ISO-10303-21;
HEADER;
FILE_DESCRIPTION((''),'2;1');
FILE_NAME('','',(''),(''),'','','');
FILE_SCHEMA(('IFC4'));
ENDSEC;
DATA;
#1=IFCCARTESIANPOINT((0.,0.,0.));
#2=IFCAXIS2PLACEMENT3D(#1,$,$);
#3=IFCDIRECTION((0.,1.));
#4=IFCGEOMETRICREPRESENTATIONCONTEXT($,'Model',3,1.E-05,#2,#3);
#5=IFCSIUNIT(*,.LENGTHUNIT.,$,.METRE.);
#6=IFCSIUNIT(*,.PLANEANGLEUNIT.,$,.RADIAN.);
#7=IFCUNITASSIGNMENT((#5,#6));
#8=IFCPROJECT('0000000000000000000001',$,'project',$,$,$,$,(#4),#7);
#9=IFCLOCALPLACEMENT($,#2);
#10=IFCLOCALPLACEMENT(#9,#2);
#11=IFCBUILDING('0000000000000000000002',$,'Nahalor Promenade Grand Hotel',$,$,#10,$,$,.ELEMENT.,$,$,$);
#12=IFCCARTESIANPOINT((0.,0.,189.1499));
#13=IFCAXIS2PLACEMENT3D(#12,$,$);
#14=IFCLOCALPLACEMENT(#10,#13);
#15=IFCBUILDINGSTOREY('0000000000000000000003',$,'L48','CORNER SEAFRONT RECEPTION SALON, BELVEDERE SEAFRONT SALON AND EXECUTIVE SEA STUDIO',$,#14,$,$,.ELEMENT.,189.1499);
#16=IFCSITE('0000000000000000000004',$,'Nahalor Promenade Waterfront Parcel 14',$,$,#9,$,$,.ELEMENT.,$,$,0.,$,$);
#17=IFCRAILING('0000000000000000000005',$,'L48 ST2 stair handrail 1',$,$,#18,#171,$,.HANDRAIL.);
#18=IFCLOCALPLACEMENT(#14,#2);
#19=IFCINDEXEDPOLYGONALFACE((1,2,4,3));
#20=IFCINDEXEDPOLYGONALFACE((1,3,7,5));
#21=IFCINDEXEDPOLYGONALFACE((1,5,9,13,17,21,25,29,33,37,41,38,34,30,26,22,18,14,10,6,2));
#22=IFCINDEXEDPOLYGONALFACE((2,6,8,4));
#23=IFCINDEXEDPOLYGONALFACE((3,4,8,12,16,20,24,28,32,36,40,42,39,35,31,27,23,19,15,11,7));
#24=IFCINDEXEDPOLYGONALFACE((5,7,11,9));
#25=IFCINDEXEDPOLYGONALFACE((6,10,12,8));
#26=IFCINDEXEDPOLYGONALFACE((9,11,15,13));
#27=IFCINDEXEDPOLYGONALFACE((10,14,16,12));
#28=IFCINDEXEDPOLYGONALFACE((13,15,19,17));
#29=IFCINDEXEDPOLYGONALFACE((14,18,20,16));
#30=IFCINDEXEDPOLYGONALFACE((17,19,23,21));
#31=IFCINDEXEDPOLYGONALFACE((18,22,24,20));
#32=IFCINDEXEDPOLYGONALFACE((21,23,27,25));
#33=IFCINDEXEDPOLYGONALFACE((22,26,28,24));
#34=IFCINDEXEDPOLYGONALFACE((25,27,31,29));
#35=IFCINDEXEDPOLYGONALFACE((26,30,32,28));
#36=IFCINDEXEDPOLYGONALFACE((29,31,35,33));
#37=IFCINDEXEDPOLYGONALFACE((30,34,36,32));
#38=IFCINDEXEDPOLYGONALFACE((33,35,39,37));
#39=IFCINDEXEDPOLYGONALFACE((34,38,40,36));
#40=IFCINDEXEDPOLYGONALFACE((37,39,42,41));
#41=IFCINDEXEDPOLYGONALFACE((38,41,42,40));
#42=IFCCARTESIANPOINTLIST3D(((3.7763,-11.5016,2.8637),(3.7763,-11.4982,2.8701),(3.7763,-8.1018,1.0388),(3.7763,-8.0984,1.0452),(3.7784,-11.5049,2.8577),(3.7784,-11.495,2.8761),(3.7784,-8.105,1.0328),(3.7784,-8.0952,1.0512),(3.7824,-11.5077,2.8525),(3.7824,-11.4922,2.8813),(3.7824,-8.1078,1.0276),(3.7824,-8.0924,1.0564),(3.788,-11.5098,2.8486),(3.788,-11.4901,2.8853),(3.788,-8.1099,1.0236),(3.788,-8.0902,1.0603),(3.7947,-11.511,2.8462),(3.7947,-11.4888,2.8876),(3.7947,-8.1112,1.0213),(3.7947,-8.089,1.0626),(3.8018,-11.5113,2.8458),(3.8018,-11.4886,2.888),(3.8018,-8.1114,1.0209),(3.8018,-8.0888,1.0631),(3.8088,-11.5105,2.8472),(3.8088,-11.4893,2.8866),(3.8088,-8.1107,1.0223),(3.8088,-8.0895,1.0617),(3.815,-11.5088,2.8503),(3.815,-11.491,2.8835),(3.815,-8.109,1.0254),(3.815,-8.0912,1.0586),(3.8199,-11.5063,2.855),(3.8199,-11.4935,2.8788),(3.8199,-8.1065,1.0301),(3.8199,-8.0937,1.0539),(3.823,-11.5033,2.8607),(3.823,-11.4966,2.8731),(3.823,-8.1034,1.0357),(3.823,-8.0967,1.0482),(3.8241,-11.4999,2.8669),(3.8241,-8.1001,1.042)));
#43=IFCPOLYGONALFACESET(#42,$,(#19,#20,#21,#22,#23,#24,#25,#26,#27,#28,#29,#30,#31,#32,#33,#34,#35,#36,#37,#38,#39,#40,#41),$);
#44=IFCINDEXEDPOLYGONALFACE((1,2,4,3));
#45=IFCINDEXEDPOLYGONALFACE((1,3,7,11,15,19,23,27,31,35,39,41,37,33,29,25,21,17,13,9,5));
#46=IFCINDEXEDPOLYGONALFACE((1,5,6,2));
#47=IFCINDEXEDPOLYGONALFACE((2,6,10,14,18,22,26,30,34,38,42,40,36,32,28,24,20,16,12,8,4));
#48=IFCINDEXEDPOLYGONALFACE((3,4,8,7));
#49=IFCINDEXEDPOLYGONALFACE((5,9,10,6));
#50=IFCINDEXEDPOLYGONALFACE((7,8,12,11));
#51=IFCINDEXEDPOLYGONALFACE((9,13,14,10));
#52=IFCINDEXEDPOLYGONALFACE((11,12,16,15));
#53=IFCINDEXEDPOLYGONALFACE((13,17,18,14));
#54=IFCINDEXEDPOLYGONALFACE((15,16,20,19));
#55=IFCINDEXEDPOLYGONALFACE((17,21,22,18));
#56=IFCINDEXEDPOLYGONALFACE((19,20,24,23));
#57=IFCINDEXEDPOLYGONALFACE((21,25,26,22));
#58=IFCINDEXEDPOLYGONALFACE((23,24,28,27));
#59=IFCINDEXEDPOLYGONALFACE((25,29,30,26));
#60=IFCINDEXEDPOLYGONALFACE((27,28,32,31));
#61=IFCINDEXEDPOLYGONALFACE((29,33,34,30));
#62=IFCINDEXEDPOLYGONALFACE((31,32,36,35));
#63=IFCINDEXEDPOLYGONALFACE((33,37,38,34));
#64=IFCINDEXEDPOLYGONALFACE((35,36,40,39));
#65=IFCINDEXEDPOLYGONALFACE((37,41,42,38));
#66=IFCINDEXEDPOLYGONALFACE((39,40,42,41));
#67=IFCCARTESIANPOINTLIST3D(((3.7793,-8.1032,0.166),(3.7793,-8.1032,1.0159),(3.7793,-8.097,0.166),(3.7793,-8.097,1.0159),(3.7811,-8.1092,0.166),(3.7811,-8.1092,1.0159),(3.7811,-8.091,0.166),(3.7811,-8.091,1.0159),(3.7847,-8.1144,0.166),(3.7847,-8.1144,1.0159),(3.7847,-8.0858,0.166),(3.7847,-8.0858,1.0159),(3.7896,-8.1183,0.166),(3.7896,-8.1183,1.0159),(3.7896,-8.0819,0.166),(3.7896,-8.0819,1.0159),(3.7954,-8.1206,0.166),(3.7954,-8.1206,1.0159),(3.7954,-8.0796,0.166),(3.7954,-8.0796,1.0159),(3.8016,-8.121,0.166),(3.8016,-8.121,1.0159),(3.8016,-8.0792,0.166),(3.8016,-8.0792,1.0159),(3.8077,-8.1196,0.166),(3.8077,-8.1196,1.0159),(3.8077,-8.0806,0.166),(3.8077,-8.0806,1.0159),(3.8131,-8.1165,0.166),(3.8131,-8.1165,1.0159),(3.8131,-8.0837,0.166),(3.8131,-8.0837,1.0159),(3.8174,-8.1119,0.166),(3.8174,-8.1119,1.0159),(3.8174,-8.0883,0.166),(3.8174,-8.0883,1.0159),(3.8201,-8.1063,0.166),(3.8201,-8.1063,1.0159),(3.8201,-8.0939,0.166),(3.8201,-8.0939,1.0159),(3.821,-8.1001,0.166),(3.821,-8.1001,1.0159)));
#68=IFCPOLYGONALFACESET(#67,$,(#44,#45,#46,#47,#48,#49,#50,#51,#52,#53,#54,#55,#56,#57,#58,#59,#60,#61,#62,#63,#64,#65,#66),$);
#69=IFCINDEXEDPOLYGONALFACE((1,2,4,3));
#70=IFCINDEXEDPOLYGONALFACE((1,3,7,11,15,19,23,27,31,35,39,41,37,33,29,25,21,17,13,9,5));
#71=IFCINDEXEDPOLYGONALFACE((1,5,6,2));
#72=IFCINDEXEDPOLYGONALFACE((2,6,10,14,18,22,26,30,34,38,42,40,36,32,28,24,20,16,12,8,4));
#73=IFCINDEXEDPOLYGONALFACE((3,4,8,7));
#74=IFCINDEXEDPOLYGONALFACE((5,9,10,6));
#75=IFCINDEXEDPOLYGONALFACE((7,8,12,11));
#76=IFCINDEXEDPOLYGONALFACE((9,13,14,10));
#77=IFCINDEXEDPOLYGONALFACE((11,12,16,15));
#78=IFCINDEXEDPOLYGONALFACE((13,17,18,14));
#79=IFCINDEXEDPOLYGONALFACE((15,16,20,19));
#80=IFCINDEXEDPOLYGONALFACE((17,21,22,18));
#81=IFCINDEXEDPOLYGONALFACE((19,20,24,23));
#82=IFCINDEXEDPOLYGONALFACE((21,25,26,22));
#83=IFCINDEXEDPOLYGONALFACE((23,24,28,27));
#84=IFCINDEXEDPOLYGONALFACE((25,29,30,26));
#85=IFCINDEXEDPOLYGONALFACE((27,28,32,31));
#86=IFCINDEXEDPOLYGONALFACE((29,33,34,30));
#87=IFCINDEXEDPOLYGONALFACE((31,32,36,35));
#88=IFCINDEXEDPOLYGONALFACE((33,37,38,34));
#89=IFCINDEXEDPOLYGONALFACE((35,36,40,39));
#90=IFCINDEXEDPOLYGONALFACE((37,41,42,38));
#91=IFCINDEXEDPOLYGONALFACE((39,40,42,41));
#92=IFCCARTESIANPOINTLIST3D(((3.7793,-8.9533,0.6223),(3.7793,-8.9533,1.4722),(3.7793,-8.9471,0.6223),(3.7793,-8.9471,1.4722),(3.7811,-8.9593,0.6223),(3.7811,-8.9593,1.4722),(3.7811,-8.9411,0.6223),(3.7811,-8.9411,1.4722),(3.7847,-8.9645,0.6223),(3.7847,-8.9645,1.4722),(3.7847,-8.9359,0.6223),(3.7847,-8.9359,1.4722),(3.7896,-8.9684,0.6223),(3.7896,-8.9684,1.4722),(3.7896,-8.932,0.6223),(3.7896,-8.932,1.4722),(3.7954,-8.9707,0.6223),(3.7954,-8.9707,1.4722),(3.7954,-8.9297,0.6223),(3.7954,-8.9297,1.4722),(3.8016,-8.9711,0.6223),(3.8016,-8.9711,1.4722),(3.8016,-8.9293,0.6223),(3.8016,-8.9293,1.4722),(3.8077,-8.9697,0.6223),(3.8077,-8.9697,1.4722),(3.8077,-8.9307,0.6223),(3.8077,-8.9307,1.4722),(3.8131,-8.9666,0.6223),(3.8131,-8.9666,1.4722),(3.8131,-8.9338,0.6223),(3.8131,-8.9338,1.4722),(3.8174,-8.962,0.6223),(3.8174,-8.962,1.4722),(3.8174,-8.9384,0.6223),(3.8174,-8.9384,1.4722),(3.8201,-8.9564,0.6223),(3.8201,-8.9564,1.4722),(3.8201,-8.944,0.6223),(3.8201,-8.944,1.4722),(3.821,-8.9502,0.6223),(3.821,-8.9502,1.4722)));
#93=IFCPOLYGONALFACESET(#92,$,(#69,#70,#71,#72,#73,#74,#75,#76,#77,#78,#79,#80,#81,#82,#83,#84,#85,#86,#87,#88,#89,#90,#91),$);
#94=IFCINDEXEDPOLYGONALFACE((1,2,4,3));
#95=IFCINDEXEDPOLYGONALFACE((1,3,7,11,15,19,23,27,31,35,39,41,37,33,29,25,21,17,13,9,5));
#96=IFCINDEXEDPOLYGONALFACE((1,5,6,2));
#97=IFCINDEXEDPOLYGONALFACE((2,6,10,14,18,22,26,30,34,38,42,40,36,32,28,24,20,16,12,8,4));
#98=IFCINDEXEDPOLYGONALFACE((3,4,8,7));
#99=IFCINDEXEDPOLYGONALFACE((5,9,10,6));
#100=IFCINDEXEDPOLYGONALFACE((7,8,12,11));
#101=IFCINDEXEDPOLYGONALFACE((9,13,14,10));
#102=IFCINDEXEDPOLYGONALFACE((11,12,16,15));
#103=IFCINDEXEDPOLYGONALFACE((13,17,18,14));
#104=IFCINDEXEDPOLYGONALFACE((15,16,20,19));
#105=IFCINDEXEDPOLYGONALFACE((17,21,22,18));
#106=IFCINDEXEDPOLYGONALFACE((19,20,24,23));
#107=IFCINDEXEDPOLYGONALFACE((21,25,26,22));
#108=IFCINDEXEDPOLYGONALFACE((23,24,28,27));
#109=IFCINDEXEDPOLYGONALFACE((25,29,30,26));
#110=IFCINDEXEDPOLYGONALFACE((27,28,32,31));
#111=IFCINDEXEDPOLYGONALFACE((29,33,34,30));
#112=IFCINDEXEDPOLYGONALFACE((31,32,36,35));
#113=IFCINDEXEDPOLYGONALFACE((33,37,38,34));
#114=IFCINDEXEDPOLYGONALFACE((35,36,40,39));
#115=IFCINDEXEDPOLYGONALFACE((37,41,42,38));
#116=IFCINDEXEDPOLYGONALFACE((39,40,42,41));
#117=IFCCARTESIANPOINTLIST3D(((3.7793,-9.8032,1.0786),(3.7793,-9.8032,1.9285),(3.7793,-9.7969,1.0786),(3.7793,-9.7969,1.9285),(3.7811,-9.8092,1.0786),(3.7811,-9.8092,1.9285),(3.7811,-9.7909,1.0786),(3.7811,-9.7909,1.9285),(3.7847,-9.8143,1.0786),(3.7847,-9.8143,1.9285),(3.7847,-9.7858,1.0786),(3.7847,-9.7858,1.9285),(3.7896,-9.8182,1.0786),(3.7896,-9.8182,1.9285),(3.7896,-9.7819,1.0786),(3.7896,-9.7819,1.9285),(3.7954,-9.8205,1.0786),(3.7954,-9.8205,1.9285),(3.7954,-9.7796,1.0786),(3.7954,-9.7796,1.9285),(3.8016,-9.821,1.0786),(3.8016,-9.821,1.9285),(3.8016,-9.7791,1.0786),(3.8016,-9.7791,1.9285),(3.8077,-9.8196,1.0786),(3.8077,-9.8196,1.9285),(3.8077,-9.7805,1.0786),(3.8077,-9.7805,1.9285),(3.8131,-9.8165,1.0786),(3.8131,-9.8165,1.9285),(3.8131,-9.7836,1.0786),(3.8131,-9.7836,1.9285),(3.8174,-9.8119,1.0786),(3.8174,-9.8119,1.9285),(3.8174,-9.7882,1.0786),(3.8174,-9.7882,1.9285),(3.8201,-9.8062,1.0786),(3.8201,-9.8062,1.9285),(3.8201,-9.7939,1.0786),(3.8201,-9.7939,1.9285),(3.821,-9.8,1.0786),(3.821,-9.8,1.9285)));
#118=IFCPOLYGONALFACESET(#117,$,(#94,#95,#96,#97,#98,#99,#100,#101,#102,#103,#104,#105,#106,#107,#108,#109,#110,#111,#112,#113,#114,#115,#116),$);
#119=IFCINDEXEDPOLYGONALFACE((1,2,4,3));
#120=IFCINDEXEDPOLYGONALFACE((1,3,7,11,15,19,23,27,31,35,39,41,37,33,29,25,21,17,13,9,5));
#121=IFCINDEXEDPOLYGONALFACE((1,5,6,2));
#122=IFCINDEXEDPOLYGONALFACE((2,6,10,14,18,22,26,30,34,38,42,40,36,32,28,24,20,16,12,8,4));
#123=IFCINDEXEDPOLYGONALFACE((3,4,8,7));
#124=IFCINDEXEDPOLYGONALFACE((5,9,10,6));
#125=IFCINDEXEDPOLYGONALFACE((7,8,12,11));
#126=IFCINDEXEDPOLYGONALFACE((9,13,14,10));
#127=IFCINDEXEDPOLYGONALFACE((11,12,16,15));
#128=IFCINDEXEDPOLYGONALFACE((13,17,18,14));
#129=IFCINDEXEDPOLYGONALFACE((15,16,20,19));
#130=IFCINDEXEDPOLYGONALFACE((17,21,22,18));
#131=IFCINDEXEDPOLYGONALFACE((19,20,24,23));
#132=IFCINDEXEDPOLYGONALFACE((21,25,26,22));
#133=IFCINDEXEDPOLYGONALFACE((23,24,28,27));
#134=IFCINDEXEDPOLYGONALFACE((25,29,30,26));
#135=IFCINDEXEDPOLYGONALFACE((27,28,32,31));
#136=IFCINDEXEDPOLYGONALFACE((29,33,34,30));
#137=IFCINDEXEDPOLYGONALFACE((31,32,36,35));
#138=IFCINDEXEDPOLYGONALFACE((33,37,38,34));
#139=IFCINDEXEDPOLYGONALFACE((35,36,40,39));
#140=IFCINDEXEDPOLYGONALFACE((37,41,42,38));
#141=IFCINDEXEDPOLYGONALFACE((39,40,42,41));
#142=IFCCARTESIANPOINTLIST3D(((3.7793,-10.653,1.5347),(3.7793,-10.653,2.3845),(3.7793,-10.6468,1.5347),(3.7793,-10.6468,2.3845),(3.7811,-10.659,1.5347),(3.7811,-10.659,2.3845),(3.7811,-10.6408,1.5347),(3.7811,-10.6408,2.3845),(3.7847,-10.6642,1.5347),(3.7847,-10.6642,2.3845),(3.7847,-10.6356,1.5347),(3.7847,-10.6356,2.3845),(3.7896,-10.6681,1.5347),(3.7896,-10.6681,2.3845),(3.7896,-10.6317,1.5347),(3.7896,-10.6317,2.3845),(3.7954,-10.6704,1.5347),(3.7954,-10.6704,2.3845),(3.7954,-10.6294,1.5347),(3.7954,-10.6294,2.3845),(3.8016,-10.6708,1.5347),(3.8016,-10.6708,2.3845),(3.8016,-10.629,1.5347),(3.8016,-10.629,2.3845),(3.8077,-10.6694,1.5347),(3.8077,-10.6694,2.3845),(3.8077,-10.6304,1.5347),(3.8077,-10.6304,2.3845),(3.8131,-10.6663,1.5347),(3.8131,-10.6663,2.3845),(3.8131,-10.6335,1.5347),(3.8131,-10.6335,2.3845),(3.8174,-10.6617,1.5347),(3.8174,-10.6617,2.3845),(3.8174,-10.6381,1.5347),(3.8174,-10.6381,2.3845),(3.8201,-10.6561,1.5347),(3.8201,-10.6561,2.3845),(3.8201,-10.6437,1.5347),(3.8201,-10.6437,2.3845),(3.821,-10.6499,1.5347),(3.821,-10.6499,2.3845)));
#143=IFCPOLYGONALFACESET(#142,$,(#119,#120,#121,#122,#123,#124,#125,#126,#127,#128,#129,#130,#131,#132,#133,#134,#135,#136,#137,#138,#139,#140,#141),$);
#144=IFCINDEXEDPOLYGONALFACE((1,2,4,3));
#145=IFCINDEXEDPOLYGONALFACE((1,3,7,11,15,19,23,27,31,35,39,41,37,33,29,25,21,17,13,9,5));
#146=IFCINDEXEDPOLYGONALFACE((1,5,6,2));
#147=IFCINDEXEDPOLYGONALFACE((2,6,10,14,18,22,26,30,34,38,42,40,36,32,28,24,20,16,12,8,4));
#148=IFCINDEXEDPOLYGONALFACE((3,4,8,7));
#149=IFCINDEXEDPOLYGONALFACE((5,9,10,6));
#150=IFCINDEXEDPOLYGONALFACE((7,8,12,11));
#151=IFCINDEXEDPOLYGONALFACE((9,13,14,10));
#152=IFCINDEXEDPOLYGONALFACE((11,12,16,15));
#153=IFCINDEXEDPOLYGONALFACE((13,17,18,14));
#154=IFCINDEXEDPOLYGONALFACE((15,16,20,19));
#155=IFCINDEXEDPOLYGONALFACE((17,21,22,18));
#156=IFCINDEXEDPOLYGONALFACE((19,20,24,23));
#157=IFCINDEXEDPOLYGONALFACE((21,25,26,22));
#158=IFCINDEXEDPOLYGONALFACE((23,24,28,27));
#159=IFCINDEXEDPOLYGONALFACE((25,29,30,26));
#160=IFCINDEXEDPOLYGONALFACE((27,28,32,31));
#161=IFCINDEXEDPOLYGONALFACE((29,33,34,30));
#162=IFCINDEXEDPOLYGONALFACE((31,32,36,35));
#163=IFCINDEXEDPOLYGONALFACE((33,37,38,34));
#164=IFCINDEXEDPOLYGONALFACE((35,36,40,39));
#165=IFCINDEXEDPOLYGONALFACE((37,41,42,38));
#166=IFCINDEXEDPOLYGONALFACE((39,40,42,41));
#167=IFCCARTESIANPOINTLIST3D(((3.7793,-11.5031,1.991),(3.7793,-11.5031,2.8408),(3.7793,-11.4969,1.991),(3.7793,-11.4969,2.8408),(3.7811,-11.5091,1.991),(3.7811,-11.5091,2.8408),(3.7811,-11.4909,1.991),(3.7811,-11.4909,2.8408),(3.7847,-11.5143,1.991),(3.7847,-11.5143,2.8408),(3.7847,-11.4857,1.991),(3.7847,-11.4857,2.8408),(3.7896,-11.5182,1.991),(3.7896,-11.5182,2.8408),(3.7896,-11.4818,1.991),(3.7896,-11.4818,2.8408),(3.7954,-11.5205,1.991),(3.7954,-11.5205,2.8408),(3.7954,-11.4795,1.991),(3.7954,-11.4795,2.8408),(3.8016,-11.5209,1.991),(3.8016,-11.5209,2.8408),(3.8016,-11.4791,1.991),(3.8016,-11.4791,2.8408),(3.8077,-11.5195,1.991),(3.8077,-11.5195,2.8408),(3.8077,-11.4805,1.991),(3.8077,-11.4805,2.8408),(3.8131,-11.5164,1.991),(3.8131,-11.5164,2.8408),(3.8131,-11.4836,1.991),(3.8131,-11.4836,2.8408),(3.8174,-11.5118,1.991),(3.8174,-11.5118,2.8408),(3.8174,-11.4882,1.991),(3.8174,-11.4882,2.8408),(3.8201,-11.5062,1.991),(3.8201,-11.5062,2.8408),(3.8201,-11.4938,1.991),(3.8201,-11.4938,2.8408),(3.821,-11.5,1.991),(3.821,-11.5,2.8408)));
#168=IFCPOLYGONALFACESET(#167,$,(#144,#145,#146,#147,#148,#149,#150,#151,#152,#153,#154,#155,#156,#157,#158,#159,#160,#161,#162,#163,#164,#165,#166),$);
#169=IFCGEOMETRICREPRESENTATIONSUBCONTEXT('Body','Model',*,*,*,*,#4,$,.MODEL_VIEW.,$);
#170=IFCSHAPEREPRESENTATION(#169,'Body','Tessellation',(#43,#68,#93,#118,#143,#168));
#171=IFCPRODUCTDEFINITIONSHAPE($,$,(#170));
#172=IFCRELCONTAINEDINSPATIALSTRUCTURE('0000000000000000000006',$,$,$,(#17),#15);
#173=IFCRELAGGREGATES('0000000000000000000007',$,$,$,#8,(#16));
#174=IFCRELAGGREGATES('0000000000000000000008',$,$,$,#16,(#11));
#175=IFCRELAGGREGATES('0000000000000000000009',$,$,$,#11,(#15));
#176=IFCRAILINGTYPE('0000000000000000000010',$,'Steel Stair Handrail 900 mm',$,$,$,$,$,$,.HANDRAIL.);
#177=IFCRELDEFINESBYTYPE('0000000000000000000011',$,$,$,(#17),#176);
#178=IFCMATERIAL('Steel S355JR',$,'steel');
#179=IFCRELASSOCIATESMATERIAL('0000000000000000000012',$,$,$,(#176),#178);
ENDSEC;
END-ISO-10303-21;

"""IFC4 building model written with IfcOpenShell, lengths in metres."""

from ifc_helpers import new_model, si_unit, direction, frame, origin, origin_2d, place, context, subcontext, project, spatial, circle, extrude, material, type_object, element, save


model = new_model("IFC4")

# Units and contexts
model_context = context("Model", 3, precision=1e-05, world=origin(), true_north=direction((0.0, 1.0)))
body_context = subcontext(model_context, "Body", "Model", "MODEL_VIEW")
ifc_project = project(units=[si_unit("LENGTHUNIT", "METRE"), si_unit("PLANEANGLEUNIT", "RADIAN")], contexts=[model_context])

# Site, building, storey
site_placement = place(None, origin())
site = spatial("IfcSite", under=ifc_project, at=site_placement, Name="Nahalor Promenade Waterfront Parcel 14", CompositionType="ELEMENT", RefElevation=0.0)
building_placement = place(site_placement, origin())
building = spatial("IfcBuilding", under=site, at=building_placement, Name="Nahalor Promenade Grand Hotel", CompositionType="ELEMENT")
storey_placement = place(building_placement, frame((0.0, 0.0, 189.1499)))
storey = spatial("IfcBuildingStorey", under=building, at=storey_placement, Name="L48", Description="CORNER SEAFRONT RECEPTION SALON, BELVEDERE SEAFRONT SALON AND EXECUTIVE SEA STUDIO", CompositionType="ELEMENT", Elevation=189.1499)

# Shared definitions
ifc_material_1 = material(Name="Steel S355JR", Category="steel")

# Railing
railing_type_1 = type_object("IfcRailingType", Name="Steel Stair Handrail 900 mm", PredefinedType="HANDRAIL", material=ifc_material_1)
for number, where, name in (
    (1, (3.8, -8.1001, 0.166), "L48 ST2 stair handrail 1"),
):
    element("IfcRailing", number, at=place(storey_placement, frame(where)), inside=storey, type_object=railing_type_1, Name=name, PredefinedType="HANDRAIL", context=body_context, shape_type="SweptSolid", body=[
        extrude(circle(Radius=0.024, at=origin_2d()), frame((0.0, 0.0, 0.876), z_axis=(0.0, -0.881094, 0.472941), x_axis=(1.0, 0.0, 0.0)), (0.0, 0.0, 1.0), 3.8586),
        extrude(circle(Radius=0.021, at=origin_2d()), origin(), (0.0, 0.0, 1.0), 0.8499),
        extrude(circle(Radius=0.021, at=origin_2d()), frame((0.0, -0.8501, 0.4563)), (0.0, 0.0, 1.0), 0.8499),
        extrude(circle(Radius=0.021, at=origin_2d()), frame((0.0, -1.7, 0.9126)), (0.0, 0.0, 1.0), 0.8499),
        extrude(circle(Radius=0.021, at=origin_2d()), frame((0.0, -2.5498, 1.3687)), (0.0, 0.0, 1.0), 0.8499),
        extrude(circle(Radius=0.021, at=origin_2d()), frame((0.0, -3.3999, 1.825)), (0.0, 0.0, 1.0), 0.8499),
    ])

save(model, "model.ifc")
